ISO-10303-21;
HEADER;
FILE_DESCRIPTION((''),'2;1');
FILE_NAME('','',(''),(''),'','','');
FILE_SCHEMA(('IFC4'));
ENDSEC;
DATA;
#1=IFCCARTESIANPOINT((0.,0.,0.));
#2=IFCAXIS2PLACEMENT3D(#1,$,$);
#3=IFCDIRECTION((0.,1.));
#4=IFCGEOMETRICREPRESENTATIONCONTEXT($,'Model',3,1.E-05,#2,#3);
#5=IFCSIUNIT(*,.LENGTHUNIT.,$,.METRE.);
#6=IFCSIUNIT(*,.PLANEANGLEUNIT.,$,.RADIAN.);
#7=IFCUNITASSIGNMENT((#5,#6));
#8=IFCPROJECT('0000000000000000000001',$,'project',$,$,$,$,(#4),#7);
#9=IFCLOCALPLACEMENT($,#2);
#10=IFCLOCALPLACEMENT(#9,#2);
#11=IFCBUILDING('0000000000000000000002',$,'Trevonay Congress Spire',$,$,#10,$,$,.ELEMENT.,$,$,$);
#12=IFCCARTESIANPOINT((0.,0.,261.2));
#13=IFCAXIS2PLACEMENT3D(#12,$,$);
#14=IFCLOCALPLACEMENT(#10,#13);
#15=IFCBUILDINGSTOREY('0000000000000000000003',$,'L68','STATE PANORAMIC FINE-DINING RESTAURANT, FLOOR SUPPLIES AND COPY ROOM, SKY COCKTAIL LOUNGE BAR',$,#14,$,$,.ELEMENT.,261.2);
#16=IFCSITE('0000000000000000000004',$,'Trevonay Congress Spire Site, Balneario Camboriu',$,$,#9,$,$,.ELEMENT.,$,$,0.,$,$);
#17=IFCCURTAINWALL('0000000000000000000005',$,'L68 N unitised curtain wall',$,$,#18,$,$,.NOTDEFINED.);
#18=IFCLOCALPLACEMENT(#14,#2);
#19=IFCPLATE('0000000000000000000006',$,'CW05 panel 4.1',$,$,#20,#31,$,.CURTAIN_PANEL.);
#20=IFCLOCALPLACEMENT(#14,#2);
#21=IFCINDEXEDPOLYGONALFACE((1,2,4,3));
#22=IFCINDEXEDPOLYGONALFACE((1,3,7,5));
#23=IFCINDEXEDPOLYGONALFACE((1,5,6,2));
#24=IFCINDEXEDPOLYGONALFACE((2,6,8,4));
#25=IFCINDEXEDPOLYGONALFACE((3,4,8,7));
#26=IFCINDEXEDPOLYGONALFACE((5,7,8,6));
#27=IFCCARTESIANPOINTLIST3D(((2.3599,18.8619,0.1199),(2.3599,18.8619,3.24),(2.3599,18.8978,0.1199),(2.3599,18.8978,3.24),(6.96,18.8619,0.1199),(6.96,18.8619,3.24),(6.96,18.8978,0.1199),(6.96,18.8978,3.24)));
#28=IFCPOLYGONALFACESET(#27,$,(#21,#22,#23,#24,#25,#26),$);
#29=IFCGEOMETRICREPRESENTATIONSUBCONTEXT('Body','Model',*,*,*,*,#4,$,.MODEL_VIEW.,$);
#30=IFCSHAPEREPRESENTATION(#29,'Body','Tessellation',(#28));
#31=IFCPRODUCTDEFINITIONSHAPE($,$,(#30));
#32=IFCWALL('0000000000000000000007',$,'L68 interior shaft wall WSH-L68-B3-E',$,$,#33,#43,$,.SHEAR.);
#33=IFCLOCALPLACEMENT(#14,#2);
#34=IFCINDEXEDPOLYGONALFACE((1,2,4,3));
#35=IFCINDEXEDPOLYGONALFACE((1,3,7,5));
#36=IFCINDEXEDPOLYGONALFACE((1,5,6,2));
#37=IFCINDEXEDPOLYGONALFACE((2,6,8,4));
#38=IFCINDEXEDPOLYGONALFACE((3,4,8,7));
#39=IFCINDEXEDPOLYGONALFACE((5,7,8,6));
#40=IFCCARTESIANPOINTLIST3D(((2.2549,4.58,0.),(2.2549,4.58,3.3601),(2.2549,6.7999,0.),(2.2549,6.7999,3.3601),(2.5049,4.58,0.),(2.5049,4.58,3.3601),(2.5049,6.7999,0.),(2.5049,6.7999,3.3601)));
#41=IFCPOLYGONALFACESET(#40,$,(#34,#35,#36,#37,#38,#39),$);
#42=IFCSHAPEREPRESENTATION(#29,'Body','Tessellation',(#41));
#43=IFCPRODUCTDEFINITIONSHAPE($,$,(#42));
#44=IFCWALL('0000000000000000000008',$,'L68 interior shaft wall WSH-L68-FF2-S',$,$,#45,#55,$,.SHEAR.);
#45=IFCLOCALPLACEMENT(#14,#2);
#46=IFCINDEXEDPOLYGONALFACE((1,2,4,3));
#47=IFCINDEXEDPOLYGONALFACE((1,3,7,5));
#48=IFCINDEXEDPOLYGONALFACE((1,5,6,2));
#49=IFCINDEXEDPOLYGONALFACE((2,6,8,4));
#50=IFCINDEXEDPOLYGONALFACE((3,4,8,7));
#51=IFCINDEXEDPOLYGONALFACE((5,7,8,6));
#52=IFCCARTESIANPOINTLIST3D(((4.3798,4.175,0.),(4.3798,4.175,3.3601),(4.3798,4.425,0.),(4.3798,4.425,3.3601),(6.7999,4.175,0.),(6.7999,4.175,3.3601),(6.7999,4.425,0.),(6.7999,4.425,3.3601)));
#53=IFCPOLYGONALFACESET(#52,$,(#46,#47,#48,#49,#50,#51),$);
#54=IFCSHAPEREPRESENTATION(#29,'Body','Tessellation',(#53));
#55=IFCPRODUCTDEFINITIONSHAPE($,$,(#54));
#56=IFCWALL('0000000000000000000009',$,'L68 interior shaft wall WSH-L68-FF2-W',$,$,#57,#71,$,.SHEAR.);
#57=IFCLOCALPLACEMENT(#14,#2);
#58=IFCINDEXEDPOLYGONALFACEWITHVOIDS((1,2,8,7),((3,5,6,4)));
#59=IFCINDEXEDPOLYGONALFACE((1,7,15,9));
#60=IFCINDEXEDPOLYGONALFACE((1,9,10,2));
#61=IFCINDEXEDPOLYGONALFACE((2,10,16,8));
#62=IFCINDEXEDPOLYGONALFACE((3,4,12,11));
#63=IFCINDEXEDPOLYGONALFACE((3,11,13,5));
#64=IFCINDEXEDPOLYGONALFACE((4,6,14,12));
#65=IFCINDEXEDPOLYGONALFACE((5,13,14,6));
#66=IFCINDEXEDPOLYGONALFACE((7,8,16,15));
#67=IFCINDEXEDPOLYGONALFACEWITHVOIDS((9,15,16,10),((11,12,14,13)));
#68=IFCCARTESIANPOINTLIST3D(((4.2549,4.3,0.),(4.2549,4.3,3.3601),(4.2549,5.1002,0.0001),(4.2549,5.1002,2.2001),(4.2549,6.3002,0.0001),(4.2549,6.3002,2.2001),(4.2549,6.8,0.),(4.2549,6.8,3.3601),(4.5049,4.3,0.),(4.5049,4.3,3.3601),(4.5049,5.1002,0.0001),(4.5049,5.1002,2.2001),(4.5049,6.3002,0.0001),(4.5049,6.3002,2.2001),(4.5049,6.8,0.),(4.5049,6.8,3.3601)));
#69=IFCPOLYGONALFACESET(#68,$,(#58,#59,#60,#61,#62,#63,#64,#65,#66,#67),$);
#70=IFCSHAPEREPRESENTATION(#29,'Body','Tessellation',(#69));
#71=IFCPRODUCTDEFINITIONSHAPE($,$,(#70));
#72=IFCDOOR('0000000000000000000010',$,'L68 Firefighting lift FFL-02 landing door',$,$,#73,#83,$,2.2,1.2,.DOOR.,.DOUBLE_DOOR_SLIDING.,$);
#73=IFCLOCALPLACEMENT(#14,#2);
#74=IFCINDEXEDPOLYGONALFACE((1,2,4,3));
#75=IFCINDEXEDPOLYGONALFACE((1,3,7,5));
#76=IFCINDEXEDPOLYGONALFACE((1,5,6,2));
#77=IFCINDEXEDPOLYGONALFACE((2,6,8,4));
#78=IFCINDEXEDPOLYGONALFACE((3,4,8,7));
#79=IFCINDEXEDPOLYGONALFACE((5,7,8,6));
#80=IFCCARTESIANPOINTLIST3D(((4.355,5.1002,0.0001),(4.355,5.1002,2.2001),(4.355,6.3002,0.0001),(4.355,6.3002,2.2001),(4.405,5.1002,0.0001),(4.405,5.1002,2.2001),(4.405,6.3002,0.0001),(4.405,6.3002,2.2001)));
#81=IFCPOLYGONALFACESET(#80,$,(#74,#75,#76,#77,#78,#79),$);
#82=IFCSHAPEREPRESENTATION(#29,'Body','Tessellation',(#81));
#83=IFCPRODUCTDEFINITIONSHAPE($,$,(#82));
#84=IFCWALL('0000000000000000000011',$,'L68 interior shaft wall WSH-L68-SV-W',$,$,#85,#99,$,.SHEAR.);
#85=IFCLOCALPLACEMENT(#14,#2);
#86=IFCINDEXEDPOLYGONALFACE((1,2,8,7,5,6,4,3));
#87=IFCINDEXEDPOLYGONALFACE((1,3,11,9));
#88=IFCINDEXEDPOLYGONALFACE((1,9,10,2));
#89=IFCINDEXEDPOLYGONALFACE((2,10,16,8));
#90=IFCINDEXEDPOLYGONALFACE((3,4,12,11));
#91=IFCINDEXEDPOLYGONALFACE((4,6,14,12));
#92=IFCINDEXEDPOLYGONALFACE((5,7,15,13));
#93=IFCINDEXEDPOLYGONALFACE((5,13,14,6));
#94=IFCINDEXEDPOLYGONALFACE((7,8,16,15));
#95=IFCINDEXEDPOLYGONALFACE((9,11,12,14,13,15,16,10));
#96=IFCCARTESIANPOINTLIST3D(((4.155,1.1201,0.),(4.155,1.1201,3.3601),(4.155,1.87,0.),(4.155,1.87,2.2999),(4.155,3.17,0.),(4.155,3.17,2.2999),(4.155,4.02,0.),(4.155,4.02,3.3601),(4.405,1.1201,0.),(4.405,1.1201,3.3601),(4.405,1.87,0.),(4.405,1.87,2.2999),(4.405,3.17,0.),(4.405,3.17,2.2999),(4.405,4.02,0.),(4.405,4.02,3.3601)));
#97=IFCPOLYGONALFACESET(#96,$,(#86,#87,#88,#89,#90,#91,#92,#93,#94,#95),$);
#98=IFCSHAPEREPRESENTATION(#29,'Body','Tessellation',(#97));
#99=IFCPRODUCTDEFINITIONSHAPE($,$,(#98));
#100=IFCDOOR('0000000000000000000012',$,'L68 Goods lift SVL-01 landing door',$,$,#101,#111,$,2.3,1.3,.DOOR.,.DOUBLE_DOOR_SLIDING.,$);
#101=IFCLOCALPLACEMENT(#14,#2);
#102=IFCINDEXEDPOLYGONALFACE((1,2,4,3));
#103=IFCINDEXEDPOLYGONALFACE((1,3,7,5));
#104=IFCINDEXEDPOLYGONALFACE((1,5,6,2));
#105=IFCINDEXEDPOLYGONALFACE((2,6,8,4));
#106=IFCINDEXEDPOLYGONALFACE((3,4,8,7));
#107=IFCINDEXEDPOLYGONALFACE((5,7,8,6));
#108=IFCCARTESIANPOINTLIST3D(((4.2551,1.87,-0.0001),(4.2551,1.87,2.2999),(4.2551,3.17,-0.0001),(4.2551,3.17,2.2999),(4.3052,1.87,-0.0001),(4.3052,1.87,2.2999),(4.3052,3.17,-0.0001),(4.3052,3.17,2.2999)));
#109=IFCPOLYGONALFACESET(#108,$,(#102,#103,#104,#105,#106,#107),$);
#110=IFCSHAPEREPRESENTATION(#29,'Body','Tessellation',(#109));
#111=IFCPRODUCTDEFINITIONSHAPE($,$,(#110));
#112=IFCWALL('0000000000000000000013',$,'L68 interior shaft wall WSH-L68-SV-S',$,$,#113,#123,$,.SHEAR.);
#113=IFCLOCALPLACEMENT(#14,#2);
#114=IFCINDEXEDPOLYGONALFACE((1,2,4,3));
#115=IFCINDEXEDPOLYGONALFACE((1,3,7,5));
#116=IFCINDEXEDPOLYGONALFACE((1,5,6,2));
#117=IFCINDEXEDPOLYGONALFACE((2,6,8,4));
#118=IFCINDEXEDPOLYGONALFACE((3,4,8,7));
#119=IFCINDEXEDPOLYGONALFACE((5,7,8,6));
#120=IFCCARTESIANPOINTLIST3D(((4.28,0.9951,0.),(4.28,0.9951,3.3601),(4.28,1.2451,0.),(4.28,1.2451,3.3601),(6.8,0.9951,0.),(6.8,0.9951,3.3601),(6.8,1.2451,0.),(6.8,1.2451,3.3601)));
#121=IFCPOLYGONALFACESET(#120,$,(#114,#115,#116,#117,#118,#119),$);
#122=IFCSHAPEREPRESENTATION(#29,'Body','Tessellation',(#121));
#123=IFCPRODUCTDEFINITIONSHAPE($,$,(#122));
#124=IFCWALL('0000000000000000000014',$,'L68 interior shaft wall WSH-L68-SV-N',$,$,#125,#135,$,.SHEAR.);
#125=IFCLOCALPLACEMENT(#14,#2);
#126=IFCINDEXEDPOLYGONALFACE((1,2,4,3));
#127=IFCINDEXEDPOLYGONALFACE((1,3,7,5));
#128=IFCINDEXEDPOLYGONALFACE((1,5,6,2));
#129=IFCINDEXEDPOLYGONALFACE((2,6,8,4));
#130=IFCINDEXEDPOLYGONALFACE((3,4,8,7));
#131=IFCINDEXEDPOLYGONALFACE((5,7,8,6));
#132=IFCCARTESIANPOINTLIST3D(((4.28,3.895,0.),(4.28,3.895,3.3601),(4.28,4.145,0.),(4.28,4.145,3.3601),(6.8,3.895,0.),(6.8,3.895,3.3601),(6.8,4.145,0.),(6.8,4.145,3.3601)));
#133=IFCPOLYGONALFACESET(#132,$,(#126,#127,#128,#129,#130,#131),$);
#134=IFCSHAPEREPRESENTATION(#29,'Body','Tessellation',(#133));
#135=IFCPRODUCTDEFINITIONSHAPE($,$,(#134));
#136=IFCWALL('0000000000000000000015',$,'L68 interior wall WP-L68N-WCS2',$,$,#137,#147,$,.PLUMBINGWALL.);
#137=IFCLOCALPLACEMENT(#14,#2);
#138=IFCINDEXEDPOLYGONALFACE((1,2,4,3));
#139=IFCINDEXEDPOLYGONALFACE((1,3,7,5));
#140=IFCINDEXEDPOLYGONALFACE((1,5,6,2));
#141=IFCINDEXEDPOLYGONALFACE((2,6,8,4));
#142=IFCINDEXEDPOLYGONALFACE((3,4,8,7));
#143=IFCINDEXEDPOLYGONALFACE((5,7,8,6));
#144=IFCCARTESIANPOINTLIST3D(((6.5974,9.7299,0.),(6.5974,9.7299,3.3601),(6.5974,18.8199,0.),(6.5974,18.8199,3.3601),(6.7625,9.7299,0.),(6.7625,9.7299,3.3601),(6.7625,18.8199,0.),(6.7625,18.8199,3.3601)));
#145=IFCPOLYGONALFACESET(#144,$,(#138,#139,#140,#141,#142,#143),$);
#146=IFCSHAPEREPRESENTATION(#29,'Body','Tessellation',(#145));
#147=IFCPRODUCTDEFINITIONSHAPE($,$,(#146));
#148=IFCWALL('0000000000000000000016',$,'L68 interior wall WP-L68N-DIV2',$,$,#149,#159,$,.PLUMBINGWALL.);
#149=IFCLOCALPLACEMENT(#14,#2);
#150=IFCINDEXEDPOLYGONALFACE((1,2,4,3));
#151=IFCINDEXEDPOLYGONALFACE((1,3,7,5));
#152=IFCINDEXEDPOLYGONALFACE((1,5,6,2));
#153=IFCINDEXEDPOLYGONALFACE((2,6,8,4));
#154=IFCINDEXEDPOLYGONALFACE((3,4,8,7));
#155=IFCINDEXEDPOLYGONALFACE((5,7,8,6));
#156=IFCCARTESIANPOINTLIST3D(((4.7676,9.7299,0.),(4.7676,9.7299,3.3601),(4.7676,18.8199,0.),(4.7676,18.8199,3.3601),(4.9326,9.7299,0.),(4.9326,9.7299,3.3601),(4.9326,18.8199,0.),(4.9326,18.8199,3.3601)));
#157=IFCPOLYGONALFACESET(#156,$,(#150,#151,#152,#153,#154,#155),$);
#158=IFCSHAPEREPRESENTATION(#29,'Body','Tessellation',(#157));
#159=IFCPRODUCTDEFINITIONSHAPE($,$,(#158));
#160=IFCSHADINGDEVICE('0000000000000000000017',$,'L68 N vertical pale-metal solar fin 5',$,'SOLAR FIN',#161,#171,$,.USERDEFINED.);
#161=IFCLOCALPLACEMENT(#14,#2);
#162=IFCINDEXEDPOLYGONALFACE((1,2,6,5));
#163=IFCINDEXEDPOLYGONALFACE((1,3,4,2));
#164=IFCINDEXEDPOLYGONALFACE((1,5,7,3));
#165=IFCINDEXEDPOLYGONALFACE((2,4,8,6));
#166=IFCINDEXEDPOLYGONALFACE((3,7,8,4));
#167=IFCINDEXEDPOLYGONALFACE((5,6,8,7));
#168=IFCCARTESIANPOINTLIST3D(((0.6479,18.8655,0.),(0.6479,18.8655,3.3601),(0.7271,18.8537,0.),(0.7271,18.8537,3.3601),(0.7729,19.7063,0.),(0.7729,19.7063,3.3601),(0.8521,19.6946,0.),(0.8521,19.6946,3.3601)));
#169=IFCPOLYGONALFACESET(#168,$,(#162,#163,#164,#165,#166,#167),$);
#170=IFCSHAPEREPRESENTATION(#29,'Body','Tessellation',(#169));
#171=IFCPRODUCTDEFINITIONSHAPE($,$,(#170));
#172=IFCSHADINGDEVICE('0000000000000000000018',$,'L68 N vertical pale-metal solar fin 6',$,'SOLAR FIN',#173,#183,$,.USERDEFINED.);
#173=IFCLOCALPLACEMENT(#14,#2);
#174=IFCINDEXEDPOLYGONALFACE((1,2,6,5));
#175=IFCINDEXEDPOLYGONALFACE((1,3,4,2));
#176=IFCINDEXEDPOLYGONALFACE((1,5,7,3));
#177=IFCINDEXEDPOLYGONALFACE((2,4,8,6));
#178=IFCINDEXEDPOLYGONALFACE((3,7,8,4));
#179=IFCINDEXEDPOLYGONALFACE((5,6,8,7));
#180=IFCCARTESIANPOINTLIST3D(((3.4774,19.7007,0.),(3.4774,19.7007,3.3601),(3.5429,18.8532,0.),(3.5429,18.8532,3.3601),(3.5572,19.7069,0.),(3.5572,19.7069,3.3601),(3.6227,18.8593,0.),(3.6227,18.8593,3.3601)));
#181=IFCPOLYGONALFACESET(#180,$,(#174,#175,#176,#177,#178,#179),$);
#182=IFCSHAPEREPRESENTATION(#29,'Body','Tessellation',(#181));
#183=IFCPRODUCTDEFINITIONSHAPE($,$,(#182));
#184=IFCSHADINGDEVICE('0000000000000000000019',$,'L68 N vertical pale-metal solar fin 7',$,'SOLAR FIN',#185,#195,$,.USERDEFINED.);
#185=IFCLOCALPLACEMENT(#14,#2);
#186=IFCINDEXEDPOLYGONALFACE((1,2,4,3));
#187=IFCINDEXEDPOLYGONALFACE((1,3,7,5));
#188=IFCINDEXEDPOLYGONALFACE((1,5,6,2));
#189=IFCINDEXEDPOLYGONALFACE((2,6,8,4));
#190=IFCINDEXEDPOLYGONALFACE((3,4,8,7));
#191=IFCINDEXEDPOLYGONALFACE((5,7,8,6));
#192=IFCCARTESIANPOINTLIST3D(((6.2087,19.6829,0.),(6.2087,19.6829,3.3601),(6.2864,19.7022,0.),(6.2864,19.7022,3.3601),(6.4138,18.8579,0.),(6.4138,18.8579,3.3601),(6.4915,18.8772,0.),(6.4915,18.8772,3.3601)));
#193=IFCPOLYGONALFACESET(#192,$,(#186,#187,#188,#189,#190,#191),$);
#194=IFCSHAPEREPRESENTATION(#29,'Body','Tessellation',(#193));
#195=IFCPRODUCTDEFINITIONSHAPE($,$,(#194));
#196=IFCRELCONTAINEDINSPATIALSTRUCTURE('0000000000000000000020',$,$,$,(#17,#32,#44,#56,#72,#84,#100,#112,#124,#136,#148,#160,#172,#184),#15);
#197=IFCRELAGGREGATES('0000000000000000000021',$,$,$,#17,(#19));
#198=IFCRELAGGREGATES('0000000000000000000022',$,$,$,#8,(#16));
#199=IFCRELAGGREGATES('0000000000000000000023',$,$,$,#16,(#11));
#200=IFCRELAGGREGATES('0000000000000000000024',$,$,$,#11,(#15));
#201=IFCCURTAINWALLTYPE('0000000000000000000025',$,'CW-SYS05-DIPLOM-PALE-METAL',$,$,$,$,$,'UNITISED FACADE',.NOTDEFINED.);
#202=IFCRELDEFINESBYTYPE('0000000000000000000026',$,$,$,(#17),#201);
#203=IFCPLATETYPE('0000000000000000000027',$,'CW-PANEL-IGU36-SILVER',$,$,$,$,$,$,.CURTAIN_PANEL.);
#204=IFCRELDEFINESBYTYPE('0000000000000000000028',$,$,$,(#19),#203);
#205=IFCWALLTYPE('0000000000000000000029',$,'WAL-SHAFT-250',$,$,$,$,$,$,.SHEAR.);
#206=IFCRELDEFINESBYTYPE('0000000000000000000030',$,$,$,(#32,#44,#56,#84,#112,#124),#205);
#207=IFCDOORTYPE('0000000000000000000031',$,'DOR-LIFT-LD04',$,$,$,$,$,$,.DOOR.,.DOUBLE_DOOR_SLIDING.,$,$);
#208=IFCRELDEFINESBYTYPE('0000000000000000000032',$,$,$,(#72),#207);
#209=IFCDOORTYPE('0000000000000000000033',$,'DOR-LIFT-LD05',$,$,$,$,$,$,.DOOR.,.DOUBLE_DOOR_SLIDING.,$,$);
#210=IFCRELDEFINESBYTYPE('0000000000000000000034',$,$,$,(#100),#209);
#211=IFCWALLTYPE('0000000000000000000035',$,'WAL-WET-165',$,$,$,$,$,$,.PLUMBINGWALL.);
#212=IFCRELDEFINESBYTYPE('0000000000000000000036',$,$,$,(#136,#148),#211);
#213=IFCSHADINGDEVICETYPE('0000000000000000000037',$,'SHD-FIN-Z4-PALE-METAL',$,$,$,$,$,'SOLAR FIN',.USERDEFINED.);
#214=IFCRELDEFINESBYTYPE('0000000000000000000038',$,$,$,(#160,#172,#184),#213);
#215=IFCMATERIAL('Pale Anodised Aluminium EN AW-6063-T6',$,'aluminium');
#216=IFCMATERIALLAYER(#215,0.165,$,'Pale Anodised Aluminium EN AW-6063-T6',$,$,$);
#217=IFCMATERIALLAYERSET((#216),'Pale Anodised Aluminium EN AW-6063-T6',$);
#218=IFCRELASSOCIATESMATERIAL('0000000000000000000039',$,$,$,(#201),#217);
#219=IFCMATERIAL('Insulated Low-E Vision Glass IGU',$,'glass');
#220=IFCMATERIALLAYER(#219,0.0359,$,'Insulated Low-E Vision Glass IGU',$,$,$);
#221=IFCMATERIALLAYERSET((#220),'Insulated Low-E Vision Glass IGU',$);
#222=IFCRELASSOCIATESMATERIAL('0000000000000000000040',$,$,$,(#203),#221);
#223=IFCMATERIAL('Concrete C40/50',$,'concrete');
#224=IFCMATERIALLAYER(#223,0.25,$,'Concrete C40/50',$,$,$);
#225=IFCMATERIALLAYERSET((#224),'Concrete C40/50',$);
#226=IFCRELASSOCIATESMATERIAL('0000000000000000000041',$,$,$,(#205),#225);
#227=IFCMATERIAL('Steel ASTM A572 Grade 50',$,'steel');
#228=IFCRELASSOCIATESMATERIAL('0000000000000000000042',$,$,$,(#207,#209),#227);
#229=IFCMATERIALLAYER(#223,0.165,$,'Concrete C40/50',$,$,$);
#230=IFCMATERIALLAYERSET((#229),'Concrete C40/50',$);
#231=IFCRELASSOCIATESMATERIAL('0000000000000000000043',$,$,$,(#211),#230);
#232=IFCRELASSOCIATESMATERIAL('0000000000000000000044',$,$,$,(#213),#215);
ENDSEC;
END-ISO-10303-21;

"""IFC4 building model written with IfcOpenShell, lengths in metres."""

from ifc_helpers import new_model, si_unit, direction, frame, frame_2d, origin, origin_2d, place, context, subcontext, project, spatial, rectangle, extrude, material, layer, layer_set, type_object, element, fill, aggregate, save


model = new_model("IFC4")

# Units and contexts
model_context = context("Model", 3, precision=1e-05, world=origin(), true_north=direction((0.0, 1.0)))
body_context = subcontext(model_context, "Body", "Model", "MODEL_VIEW")
ifc_project = project(units=[si_unit("LENGTHUNIT", "METRE"), si_unit("PLANEANGLEUNIT", "RADIAN")], contexts=[model_context])

# Site, building, storey
site_placement = place(None, origin())
site = spatial("IfcSite", under=ifc_project, at=site_placement, Name="Trevonay Congress Spire Site, Balneario Camboriu", CompositionType="ELEMENT", RefElevation=0.0)
building_placement = place(site_placement, origin())
building = spatial("IfcBuilding", under=site, at=building_placement, Name="Trevonay Congress Spire", CompositionType="ELEMENT")
storey_placement = place(building_placement, frame((0.0, 0.0, 261.2)))
storey = spatial("IfcBuildingStorey", under=building, at=storey_placement, Name="L68", Description="STATE PANORAMIC FINE-DINING RESTAURANT, FLOOR SUPPLIES AND COPY ROOM, SKY COCKTAIL LOUNGE BAR", CompositionType="ELEMENT", Elevation=261.2)

# Shared definitions
ifc_material_1 = material(Name="Steel ASTM A572 Grade 50", Category="steel")

# Curtain wall, plate
ifc_material_2 = material(Name="Pale Anodised Aluminium EN AW-6063-T6", Category="aluminium")
ifc_layer_1 = layer(ifc_material_2, 0.165, Name="Pale Anodised Aluminium EN AW-6063-T6")
ifc_layer_set_1 = layer_set([ifc_layer_1], Name="Pale Anodised Aluminium EN AW-6063-T6")
curtain_wall_type = type_object("IfcCurtainWallType", Name="CW-SYS05-DIPLOM-PALE-METAL", ElementType="UNITISED FACADE", PredefinedType="NOTDEFINED", material=ifc_layer_set_1)
curtain_wall_placement = place(storey_placement, origin())
curtain_wall = element("IfcCurtainWall", 1, at=curtain_wall_placement, inside=storey, type_object=curtain_wall_type, Name="L68 N unitised curtain wall", PredefinedType="NOTDEFINED")
ifc_material_3 = material(Name="Insulated Low-E Vision Glass IGU", Category="glass")
ifc_layer_2 = layer(ifc_material_3, 0.0359, Name="Insulated Low-E Vision Glass IGU")
ifc_layer_set_2 = layer_set([ifc_layer_2], Name="Insulated Low-E Vision Glass IGU")
plate_type = type_object("IfcPlateType", Name="CW-PANEL-IGU36-SILVER", PredefinedType="CURTAIN_PANEL", material=ifc_layer_set_2)
plate_placement = place(storey_placement, frame((4.6599, 18.8799, 0.1199), z_axis=(0.0, 0.0, 1.0), x_axis=(1.0, 0.0, 0.0)))
plate = element("IfcPlate", 2, at=plate_placement, type_object=plate_type, Name="CW05 panel 4.1", PredefinedType="CURTAIN_PANEL", context=body_context, shape_type="SweptSolid", body=[
    extrude(rectangle(XDim=4.6001, YDim=0.0359, at=origin_2d()), origin(), (0.0, 0.0, 1.0), 3.1201),
])
aggregate(curtain_wall, [plate])

# Walls
ifc_material_4 = material(Name="Concrete C40/50", Category="concrete")
ifc_layer_3 = layer(ifc_material_4, 0.25, Name="Concrete C40/50")
ifc_layer_set_3 = layer_set([ifc_layer_3], Name="Concrete C40/50")
wall_type_1 = type_object("IfcWallType", Name="WAL-SHAFT-250", PredefinedType="SHEAR", material=ifc_layer_set_3)
wall_1_placement = place(storey_placement, frame((2.3799, 4.5801, 0.0), z_axis=(0.0, 0.0, 1.0), x_axis=(0.0, 1.0, 0.0)))
element("IfcWall", 3, at=wall_1_placement, inside=storey, type_object=wall_type_1, Name="L68 interior shaft wall WSH-L68-B3-E", PredefinedType="SHEAR", context=body_context, shape_type="SweptSolid", body=[
    extrude(rectangle(XDim=2.22, YDim=0.25, at=frame_2d((1.1099, 0.0))), origin(), (0.0, 0.0, 1.0), 3.3601),
])
wall_2_placement = place(storey_placement, frame((4.3799, 4.3, 0.0), z_axis=(0.0, 0.0, 1.0), x_axis=(1.0, 0.0, 0.0)))
element("IfcWall", 4, at=wall_2_placement, inside=storey, type_object=wall_type_1, Name="L68 interior shaft wall WSH-L68-FF2-S", PredefinedType="SHEAR", context=body_context, shape_type="SweptSolid", body=[
    extrude(rectangle(XDim=2.4202, YDim=0.25, at=frame_2d((1.21, 0.0))), origin(), (0.0, 0.0, 1.0), 3.3601),
])

# Walls, openings, doors
wall_3_placement = place(storey_placement, frame((4.3799, 4.3, 0.0), z_axis=(0.0, 0.0, 1.0), x_axis=(0.0, 1.0, 0.0)))
wall_3 = element("IfcWall", 5, at=wall_3_placement, inside=storey, type_object=wall_type_1, Name="L68 interior shaft wall WSH-L68-FF2-W", PredefinedType="SHEAR", context=body_context, shape_type="SweptSolid", body=[
    extrude(rectangle(XDim=2.5, YDim=0.25, at=frame_2d((1.25, 0.0))), origin(), (0.0, 0.0, 1.0), 3.3601),
])
opening_1_placement = place(wall_3_placement, frame((0.8, 0.0, 0.0)))
opening_1 = element("IfcOpeningElement", 6, at=opening_1_placement, cuts=wall_3, PredefinedType="OPENING", context=body_context, shape_type="SweptSolid", body=[
    extrude(rectangle(XDim=1.2, YDim=2.2, at=frame_2d((0.6001, 1.1001))), frame((0.0, 0.135, 0.0), z_axis=(0.0, -1.0, 0.0), x_axis=(1.0, 0.0, 0.0)), (0.0, 0.0, 1.0), 0.27),
])
door_type_1 = type_object("IfcDoorType", Name="DOR-LIFT-LD04", OperationType="DOUBLE_DOOR_SLIDING", PredefinedType="DOOR", material=ifc_material_1)
door_1_placement = place(opening_1_placement, origin())
door_1 = element("IfcDoor", 7, at=door_1_placement, inside=storey, type_object=door_type_1, Name="L68 Firefighting lift FFL-02 landing door", OperationType="DOUBLE_DOOR_SLIDING", OverallHeight=2.2, OverallWidth=1.2, PredefinedType="DOOR", context=body_context, shape_type="SweptSolid", body=[
    extrude(rectangle(XDim=1.2, YDim=2.2, at=frame_2d((0.6001, 1.1001))), frame((0.0, 0.0249, 0.0), z_axis=(0.0, -1.0, 0.0), x_axis=(1.0, 0.0, 0.0)), (0.0, 0.0, 1.0), 0.05),
])
fill(opening_1, door_1)
wall_4_placement = place(storey_placement, frame((4.28, 1.1201, 0.0), z_axis=(0.0, 0.0, 1.0), x_axis=(0.0, 1.0, 0.0)))
wall_4 = element("IfcWall", 8, at=wall_4_placement, inside=storey, type_object=wall_type_1, Name="L68 interior shaft wall WSH-L68-SV-W", PredefinedType="SHEAR", context=body_context, shape_type="SweptSolid", body=[
    extrude(rectangle(XDim=2.8999, YDim=0.25, at=frame_2d((1.45, 0.0))), origin(), (0.0, 0.0, 1.0), 3.3601),
])
opening_2_placement = place(wall_4_placement, frame((0.75, 0.0, 0.0)))
opening_2 = element("IfcOpeningElement", 9, at=opening_2_placement, cuts=wall_4, PredefinedType="OPENING", context=body_context, shape_type="SweptSolid", body=[
    extrude(rectangle(XDim=1.3, YDim=2.3, at=frame_2d((0.6499, 1.1499))), frame((0.0, 0.135, 0.0), z_axis=(0.0, -1.0, 0.0), x_axis=(1.0, 0.0, 0.0)), (0.0, 0.0, 1.0), 0.27),
])
door_type_2 = type_object("IfcDoorType", Name="DOR-LIFT-LD05", OperationType="DOUBLE_DOOR_SLIDING", PredefinedType="DOOR", material=ifc_material_1)
door_2_placement = place(opening_2_placement, origin())
door_2 = element("IfcDoor", 10, at=door_2_placement, inside=storey, type_object=door_type_2, Name="L68 Goods lift SVL-01 landing door", OperationType="DOUBLE_DOOR_SLIDING", OverallHeight=2.3, OverallWidth=1.3, PredefinedType="DOOR", context=body_context, shape_type="SweptSolid", body=[
    extrude(rectangle(XDim=1.3, YDim=2.3, at=frame_2d((0.6499, 1.1499))), frame((0.0, 0.0249, 0.0), z_axis=(0.0, -1.0, 0.0), x_axis=(1.0, 0.0, 0.0)), (0.0, 0.0, 1.0), 0.05),
])
fill(opening_2, door_2)

# Walls
for number, where, z_axis, x_axis, name in (
    (11, (4.28, 1.1201, 0.0), (0.0, 0.0, 1.0), (1.0, 0.0, 0.0), "L68 interior shaft wall WSH-L68-SV-S"),
    (12, (4.28, 4.02, 0.0), (0.0, 0.0, 1.0), (1.0, 0.0, 0.0), "L68 interior shaft wall WSH-L68-SV-N"),
):
    element("IfcWall", number, at=place(storey_placement, frame(where, z_axis=z_axis, x_axis=x_axis)), inside=storey, type_object=wall_type_1, Name=name, PredefinedType="SHEAR", context=body_context, shape_type="SweptSolid", body=[
        extrude(rectangle(XDim=2.52, YDim=0.25, at=frame_2d((1.26, 0.0))), origin(), (0.0, 0.0, 1.0), 3.3601),
    ])
ifc_layer_4 = layer(ifc_material_4, 0.165, Name="Concrete C40/50")
ifc_layer_set_4 = layer_set([ifc_layer_4], Name="Concrete C40/50")
wall_type_2 = type_object("IfcWallType", Name="WAL-WET-165", PredefinedType="PLUMBINGWALL", material=ifc_layer_set_4)
for number, where, z_axis, x_axis, name in (
    (13, (6.6799, 9.73, 0.0), (0.0, 0.0, 1.0), (0.0, 1.0, 0.0), "L68 interior wall WP-L68N-WCS2"),
    (14, (4.8501, 9.73, 0.0), (0.0, 0.0, 1.0), (0.0, 1.0, 0.0), "L68 interior wall WP-L68N-DIV2"),
):
    element("IfcWall", number, at=place(storey_placement, frame(where, z_axis=z_axis, x_axis=x_axis)), inside=storey, type_object=wall_type_2, Name=name, PredefinedType="PLUMBINGWALL", context=body_context, shape_type="SweptSolid", body=[
        extrude(rectangle(XDim=9.0901, YDim=0.165, at=frame_2d((4.5449, 0.0))), origin(), (0.0, 0.0, 1.0), 3.3601),
    ])

# Shading devices
shading_device_type = type_object("IfcShadingDeviceType", Name="SHD-FIN-Z4-PALE-METAL", ElementType="SOLAR FIN", PredefinedType="USERDEFINED", material=ifc_material_2)
for number, where, z_axis, x_axis, name in (
    (15, (0.75, 19.28, 0.0), (0.0, 0.0, 1.0), (0.989144, -0.146946, 0.0), "L68 N vertical pale-metal solar fin 5"),
    (16, (3.55, 19.28, 0.0), (0.0, 0.0, 1.0), (0.997026, 0.077067, 0.0), "L68 N vertical pale-metal solar fin 6"),
    (17, (6.3501, 19.28, 0.0), (0.0, 0.0, 1.0), (0.970464, 0.241244, 0.0), "L68 N vertical pale-metal solar fin 7"),
):
    element("IfcShadingDevice", number, at=place(storey_placement, frame(where, z_axis=z_axis, x_axis=x_axis)), inside=storey, type_object=shading_device_type, Name=name, ObjectType="SOLAR FIN", PredefinedType="USERDEFINED", context=body_context, shape_type="SweptSolid", body=[
        extrude(rectangle(XDim=0.0801, YDim=0.8501, at=origin_2d()), origin(), (0.0, 0.0, 1.0), 3.3601),
    ])

save(model, "model.ifc")
